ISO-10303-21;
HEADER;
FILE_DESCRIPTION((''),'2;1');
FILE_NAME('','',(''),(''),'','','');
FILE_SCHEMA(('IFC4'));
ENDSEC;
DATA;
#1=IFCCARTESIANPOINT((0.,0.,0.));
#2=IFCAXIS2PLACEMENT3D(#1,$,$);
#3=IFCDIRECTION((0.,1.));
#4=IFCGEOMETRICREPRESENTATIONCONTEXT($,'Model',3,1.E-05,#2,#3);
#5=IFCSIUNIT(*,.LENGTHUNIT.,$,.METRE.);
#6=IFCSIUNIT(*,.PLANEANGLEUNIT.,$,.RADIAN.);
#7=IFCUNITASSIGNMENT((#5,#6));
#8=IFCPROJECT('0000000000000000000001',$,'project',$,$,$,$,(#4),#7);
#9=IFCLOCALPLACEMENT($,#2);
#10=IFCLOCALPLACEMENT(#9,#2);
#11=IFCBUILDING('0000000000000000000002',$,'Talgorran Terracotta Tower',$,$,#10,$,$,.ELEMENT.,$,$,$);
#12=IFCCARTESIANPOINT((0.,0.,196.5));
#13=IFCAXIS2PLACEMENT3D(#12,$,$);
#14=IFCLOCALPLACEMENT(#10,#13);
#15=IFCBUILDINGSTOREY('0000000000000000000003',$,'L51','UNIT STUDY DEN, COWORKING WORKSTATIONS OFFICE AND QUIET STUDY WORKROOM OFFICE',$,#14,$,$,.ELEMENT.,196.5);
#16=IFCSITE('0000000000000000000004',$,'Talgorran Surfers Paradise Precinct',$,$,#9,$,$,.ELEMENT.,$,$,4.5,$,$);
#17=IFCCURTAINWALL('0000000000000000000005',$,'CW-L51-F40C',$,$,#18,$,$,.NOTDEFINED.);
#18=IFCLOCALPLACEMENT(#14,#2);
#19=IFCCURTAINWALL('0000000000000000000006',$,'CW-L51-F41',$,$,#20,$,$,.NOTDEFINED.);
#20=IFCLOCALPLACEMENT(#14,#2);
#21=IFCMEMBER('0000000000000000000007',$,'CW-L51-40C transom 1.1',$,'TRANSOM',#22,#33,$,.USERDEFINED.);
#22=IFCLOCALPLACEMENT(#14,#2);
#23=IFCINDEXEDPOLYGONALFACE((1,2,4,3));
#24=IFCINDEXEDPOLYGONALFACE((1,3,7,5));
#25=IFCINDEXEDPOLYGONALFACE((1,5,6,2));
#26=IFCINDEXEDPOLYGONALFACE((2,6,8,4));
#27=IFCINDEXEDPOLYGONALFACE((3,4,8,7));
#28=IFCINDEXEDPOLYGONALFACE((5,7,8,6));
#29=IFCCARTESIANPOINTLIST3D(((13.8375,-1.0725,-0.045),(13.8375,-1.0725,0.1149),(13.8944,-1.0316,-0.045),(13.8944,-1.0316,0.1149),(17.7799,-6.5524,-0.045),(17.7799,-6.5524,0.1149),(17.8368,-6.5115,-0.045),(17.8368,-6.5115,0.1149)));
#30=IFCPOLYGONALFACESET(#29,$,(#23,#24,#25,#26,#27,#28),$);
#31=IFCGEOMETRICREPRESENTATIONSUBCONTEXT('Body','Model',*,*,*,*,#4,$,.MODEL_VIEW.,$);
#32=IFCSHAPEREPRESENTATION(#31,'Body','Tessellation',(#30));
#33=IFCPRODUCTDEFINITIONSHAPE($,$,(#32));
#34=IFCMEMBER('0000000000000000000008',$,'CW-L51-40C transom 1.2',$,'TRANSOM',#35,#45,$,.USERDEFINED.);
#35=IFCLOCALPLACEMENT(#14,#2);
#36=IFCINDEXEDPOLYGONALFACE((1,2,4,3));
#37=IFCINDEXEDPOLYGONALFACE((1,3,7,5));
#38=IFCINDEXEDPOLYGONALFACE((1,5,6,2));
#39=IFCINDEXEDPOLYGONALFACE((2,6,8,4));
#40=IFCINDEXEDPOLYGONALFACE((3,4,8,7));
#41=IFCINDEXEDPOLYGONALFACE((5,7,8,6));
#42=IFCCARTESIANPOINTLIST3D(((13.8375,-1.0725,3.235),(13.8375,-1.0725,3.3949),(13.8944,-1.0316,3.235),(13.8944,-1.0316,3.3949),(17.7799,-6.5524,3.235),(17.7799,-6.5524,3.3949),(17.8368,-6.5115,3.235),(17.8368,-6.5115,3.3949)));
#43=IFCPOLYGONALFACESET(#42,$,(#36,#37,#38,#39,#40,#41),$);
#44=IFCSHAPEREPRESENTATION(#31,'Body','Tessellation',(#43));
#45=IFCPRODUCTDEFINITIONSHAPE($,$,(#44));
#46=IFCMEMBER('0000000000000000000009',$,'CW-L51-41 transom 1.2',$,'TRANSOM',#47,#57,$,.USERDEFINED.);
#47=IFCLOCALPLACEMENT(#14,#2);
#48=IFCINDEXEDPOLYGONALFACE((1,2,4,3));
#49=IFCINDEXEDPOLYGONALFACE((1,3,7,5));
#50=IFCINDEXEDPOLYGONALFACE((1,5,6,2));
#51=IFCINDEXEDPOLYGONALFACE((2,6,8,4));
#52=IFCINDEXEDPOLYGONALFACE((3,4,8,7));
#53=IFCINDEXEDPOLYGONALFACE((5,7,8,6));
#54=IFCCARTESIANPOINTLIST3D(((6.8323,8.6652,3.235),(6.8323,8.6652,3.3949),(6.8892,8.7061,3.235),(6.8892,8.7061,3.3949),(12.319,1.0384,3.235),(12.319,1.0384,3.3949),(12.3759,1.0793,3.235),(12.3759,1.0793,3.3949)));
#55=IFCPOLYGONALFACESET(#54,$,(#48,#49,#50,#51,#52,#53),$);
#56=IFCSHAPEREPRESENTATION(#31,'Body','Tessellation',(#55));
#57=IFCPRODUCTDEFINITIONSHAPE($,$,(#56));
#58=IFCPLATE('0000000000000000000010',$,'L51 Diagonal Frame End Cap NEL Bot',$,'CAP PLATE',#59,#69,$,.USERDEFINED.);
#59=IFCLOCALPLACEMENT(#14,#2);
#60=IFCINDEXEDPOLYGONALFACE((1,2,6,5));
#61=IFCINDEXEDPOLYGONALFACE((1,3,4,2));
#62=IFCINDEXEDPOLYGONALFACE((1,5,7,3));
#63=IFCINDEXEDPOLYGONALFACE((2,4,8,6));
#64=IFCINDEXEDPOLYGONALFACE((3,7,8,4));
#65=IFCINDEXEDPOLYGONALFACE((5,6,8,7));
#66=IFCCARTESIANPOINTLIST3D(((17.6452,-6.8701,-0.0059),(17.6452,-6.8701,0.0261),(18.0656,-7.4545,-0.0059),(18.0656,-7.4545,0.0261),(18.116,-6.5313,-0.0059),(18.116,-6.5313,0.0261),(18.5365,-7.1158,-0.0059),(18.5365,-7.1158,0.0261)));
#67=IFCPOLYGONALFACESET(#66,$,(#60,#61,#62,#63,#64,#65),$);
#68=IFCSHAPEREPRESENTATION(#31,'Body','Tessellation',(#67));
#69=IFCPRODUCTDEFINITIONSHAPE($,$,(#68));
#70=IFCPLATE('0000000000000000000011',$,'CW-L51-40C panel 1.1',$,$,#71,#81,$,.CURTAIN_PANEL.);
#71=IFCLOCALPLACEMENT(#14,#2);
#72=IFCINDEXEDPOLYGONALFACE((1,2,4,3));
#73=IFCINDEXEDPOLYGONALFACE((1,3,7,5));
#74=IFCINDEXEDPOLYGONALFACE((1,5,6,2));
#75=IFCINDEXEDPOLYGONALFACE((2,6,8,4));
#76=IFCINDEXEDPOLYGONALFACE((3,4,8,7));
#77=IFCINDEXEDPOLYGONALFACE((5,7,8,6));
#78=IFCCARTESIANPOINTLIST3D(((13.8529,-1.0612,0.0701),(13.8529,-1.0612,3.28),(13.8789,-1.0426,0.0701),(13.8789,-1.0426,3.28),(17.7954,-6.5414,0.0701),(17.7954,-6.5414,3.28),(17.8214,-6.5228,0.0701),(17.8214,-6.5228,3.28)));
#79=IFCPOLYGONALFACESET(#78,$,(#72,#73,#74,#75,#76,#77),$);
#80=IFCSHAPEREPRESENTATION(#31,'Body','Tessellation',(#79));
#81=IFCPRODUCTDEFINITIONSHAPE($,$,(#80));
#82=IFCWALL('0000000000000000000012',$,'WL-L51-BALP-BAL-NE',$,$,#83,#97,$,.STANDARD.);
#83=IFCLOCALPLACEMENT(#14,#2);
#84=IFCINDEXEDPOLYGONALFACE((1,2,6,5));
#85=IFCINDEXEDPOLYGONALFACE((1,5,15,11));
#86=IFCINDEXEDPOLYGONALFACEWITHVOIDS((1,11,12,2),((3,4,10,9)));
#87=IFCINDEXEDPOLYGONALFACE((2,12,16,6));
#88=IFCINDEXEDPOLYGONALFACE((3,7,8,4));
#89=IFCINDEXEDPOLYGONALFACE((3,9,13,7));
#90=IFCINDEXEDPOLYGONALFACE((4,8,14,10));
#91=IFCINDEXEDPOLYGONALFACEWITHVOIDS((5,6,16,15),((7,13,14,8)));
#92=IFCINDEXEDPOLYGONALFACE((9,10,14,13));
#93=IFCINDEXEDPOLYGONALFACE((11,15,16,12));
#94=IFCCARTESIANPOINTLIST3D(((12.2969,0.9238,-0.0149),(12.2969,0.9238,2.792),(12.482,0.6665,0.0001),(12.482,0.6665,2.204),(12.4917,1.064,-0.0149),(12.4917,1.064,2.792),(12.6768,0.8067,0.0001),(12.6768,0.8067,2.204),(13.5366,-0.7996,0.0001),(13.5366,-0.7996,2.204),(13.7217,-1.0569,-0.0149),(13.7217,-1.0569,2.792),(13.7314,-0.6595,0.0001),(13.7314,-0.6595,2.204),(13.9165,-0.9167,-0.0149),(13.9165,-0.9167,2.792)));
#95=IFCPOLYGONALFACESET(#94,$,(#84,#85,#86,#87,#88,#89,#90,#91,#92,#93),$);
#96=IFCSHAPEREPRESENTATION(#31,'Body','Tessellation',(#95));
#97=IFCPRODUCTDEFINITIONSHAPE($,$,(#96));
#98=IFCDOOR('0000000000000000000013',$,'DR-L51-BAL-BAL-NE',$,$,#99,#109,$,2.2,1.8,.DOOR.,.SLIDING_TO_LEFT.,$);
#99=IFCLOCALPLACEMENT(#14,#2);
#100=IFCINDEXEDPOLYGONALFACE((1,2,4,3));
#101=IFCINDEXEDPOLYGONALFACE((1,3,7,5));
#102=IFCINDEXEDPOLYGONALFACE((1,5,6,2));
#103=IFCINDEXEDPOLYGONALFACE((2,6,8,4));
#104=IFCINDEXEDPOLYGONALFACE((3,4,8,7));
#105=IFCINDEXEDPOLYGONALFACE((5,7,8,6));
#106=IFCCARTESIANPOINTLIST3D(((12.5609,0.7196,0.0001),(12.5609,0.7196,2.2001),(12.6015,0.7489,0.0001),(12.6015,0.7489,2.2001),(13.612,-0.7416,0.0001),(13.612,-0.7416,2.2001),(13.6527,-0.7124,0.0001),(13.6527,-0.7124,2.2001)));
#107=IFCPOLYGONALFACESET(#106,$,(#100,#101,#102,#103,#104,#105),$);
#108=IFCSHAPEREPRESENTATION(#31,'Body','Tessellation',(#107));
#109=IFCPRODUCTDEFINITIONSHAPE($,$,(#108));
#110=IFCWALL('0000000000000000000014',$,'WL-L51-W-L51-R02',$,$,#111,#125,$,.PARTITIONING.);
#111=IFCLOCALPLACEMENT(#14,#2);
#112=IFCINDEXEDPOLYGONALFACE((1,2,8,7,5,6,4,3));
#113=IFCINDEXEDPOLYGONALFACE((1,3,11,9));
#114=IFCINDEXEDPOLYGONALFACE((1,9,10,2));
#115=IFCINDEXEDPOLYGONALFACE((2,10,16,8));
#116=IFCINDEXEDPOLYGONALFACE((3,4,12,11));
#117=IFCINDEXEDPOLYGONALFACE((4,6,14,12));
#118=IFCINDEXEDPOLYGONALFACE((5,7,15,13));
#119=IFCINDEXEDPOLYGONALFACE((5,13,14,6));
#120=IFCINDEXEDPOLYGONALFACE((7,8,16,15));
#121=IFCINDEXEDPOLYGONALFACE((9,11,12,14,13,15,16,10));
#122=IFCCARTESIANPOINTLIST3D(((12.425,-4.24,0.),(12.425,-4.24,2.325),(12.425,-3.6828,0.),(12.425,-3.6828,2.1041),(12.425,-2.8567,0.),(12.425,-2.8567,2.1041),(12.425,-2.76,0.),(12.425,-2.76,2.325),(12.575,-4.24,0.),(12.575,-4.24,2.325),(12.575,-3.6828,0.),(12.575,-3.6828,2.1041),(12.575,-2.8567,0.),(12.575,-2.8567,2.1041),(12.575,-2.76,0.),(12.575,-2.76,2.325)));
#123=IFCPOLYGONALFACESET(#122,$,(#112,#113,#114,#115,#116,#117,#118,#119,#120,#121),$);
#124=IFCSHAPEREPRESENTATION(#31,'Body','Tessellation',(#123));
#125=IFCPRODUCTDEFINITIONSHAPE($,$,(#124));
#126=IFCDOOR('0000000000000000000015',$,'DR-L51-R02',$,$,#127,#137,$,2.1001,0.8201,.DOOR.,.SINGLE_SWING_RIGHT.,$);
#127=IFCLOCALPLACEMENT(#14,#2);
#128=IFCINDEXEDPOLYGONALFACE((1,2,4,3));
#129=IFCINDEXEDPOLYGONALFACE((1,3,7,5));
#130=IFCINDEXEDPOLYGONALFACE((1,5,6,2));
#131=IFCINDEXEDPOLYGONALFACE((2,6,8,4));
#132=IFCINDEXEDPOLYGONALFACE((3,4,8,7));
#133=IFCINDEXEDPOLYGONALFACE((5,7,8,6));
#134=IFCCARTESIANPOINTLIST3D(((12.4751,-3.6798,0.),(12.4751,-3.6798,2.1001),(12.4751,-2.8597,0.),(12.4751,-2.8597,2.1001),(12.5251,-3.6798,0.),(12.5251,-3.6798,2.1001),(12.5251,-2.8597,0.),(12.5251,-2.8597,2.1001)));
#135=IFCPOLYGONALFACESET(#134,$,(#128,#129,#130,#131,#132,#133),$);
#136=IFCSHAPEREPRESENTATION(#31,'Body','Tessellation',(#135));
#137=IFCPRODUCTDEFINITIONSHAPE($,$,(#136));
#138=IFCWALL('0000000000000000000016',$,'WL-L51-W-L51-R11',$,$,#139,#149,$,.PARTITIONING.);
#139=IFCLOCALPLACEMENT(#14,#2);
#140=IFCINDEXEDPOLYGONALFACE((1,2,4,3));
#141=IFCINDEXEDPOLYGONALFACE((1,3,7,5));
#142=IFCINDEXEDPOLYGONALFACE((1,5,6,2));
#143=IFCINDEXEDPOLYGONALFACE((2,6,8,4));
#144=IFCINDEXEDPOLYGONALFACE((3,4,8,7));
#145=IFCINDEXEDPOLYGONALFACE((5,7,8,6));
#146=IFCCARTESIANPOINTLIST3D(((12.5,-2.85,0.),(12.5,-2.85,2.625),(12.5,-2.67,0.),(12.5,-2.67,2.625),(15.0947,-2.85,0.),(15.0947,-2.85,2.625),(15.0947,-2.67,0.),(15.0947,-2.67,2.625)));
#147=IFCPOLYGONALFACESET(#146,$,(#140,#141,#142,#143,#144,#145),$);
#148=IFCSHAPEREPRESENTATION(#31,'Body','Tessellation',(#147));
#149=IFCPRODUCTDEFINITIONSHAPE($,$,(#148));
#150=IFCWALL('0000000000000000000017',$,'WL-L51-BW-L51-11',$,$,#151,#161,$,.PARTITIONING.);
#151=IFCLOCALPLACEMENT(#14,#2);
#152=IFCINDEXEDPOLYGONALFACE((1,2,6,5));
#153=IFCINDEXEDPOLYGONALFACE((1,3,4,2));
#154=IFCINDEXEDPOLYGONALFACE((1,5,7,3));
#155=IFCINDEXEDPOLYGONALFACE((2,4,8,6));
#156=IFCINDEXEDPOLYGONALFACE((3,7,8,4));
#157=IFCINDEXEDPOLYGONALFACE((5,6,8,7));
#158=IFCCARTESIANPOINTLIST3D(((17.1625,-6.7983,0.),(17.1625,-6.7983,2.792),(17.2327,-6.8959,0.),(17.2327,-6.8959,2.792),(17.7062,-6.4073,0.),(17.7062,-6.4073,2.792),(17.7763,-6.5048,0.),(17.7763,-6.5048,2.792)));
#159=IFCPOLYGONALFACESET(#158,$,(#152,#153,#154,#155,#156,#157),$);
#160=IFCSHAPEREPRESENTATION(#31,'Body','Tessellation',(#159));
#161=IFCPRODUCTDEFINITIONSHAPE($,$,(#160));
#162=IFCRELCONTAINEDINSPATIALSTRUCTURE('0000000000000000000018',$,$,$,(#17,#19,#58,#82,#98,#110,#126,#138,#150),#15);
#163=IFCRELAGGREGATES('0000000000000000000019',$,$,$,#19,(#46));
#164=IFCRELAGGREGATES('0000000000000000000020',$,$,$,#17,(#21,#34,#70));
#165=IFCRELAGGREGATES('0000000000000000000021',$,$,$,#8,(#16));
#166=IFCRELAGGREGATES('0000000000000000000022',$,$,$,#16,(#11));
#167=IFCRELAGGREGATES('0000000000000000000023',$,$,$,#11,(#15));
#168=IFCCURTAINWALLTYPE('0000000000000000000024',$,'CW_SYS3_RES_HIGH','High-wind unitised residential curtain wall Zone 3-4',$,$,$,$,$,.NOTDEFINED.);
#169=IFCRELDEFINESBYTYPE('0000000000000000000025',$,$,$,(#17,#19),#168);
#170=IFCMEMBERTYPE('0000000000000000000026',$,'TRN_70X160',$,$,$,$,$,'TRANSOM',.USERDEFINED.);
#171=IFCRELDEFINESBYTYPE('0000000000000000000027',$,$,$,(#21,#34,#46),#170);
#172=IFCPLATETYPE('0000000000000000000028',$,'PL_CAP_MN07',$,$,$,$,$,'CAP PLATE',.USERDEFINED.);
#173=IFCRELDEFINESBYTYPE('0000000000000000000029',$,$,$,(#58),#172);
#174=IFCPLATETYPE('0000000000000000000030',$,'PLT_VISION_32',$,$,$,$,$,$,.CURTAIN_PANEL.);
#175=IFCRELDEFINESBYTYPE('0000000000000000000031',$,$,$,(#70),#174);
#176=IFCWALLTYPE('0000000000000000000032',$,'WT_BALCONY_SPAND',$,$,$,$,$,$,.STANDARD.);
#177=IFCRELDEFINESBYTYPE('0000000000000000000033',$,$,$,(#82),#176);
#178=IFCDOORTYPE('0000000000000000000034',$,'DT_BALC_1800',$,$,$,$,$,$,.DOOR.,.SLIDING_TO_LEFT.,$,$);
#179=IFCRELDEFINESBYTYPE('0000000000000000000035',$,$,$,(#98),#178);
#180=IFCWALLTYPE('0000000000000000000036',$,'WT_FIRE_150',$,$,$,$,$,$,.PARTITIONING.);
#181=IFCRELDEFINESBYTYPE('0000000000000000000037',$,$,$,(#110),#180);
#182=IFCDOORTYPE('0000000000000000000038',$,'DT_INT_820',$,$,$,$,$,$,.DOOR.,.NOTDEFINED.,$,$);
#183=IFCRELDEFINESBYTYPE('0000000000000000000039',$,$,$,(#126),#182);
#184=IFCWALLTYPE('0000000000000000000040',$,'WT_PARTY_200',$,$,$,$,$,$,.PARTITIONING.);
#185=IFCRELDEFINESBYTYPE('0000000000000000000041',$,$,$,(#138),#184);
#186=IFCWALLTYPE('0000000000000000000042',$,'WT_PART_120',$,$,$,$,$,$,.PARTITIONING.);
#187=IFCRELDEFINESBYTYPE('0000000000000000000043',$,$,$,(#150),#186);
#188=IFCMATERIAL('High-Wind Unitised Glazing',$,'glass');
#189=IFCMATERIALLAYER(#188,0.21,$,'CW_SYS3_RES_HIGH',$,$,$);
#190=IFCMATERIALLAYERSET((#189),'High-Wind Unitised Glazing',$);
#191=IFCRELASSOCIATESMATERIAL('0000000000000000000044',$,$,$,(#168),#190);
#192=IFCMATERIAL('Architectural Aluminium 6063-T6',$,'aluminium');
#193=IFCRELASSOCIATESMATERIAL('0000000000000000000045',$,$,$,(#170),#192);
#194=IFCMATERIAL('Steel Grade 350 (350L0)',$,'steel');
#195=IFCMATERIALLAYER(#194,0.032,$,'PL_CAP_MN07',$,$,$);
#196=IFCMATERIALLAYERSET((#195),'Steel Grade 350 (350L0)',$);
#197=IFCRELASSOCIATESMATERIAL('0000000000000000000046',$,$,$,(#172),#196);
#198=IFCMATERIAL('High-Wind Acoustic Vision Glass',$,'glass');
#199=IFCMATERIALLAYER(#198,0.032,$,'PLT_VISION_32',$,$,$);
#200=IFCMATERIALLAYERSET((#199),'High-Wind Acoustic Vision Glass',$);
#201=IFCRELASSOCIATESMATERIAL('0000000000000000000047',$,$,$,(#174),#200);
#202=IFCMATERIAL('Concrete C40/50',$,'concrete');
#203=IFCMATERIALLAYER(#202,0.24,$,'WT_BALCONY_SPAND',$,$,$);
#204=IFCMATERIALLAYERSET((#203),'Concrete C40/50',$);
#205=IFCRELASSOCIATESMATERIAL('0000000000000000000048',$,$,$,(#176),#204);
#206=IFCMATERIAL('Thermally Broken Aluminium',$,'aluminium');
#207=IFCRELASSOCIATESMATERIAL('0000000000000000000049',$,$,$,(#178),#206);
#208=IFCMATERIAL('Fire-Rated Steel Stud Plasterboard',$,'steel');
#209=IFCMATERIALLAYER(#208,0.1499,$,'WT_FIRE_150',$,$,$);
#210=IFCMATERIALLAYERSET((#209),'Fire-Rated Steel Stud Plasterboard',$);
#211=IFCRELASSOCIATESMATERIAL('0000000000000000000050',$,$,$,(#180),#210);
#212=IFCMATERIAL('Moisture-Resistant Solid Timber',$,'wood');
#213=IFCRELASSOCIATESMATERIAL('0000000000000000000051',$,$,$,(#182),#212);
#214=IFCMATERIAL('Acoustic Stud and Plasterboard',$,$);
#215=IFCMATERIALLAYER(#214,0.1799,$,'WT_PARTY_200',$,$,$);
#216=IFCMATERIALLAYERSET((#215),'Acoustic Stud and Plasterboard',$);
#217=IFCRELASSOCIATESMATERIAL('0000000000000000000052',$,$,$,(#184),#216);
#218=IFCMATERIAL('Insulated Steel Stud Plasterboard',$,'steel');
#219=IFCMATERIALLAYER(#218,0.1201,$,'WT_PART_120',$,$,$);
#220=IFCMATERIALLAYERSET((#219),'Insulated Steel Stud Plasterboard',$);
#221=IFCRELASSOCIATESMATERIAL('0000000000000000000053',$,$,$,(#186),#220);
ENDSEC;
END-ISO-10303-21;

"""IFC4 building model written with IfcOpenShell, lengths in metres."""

from ifc_helpers import new_model, si_unit, direction, frame, frame_2d, origin, origin_2d, place, context, subcontext, project, spatial, rectangle, extrude, source, transform, mapped, material, layer, layer_set, material_profile, profile_set, type_object, type_shapes, element, fill, aggregate, save


model = new_model("IFC4")

# Units and contexts
model_context = context("Model", 3, precision=1e-05, world=origin(), true_north=direction((0.0, 1.0)))
body_context = subcontext(model_context, "Body", "Model", "MODEL_VIEW")
ifc_project = project(units=[si_unit("LENGTHUNIT", "METRE"), si_unit("PLANEANGLEUNIT", "RADIAN")], contexts=[model_context])

# Site, building, storey
site_placement = place(None, origin())
site = spatial("IfcSite", under=ifc_project, at=site_placement, Name="Talgorran Surfers Paradise Precinct", CompositionType="ELEMENT", RefElevation=4.5)
building_placement = place(site_placement, origin())
building = spatial("IfcBuilding", under=site, at=building_placement, Name="Talgorran Terracotta Tower", CompositionType="ELEMENT")
storey_placement = place(building_placement, frame((0.0, 0.0, 196.5)))
storey = spatial("IfcBuildingStorey", under=building, at=storey_placement, Name="L51", Description="UNIT STUDY DEN, COWORKING WORKSTATIONS OFFICE AND QUIET STUDY WORKROOM OFFICE", CompositionType="ELEMENT", Elevation=196.5)

# Shared definitions
ifc_material_1 = material(Name="Steel Grade 350 (350L0)", Category="steel")

# Shared definitions
ifc_material_2 = material(Name="High-Wind Unitised Glazing", Category="glass")
ifc_layer_1 = layer(ifc_material_2, 0.21, Name="CW_SYS3_RES_HIGH")
ifc_layer_set_1 = layer_set([ifc_layer_1], Name="High-Wind Unitised Glazing")
curtain_wall_type = type_object("IfcCurtainWallType", Name="CW_SYS3_RES_HIGH", Description="High-wind unitised residential curtain wall Zone 3-4", PredefinedType="NOTDEFINED", material=ifc_layer_set_1)
ifc_material_3 = material(Name="Architectural Aluminium 6063-T6", Category="aluminium")

# Curtain wall
curtain_wall_1_placement = place(storey_placement, origin())
curtain_wall_1 = element("IfcCurtainWall", 1, at=curtain_wall_1_placement, inside=storey, type_object=curtain_wall_type, Name="CW-L51-F40C", PredefinedType="NOTDEFINED")

# Curtain wall
curtain_wall_2_placement = place(storey_placement, origin())
curtain_wall_2 = element("IfcCurtainWall", 2, at=curtain_wall_2_placement, inside=storey, type_object=curtain_wall_type, Name="CW-L51-F41", PredefinedType="NOTDEFINED")

# Members
ifc_material_profile_1 = material_profile(ifc_material_3, rectangle(XDim=0.0701, YDim=0.1599, at=origin_2d()), Name="CWT70X160")
ifc_profile_set_1 = profile_set([ifc_material_profile_1], Name="Architectural Aluminium 6063-T6")
member_type_1 = type_object("IfcMemberType", Name="TRN_70X160", ElementType="TRANSOM", PredefinedType="USERDEFINED", material=ifc_profile_set_1)
member_1_placement = place(storey_placement, frame((17.8083, -6.532, 0.0349), z_axis=(-0.583992, 0.811759, 0.0), x_axis=(-0.811759, -0.583992, 0.0)))
member_1 = element("IfcMember", 3, at=member_1_placement, type_object=member_type_1, Name="CW-L51-40C transom 1.1", ObjectType="TRANSOM", PredefinedType="USERDEFINED", context=body_context, shape_type="SweptSolid", body=[
    extrude(rectangle(XDim=0.0701, YDim=0.1599, at=origin_2d()), origin(), (0.0, 0.0, 1.0), 6.7507),
])
member_2_placement = place(storey_placement, frame((17.8083, -6.532, 3.3149), z_axis=(-0.583992, 0.811759, 0.0), x_axis=(-0.811759, -0.583992, 0.0)))
member_2 = element("IfcMember", 4, at=member_2_placement, type_object=member_type_1, Name="CW-L51-40C transom 1.2", ObjectType="TRANSOM", PredefinedType="USERDEFINED", context=body_context, shape_type="SweptSolid", body=[
    extrude(rectangle(XDim=0.0701, YDim=0.1599, at=origin_2d()), origin(), (0.0, 0.0, 1.0), 6.7507),
])
member_3_placement = place(storey_placement, frame((12.3474, 1.0588, 3.3149), z_axis=(-0.583978, 0.811769, 0.0), x_axis=(-0.811769, -0.583978, 0.0)))
member_3 = element("IfcMember", 5, at=member_3_placement, type_object=member_type_1, Name="CW-L51-41 transom 1.2", ObjectType="TRANSOM", PredefinedType="USERDEFINED", context=body_context, shape_type="SweptSolid", body=[
    extrude(rectangle(XDim=0.0701, YDim=0.1599, at=origin_2d()), origin(), (0.0, 0.0, 1.0), 9.3953),
])
aggregate(curtain_wall_2, [member_3])

# Plates
ifc_layer_2 = layer(ifc_material_1, 0.032, Name="PL_CAP_MN07")
ifc_layer_set_2 = layer_set([ifc_layer_2], Name="Steel Grade 350 (350L0)")
plate_type_1 = type_object("IfcPlateType", Name="PL_CAP_MN07", ElementType="CAP PLATE", PredefinedType="USERDEFINED", material=ifc_layer_set_2)
plate_1_placement = place(storey_placement, frame((18.0908, -6.9929, -0.0059), z_axis=(0.0, 0.0, 1.0), x_axis=(0.583966, -0.811778, 0.0)))
element("IfcPlate", 6, at=plate_1_placement, inside=storey, type_object=plate_type_1, Name="L51 Diagonal Frame End Cap NEL Bot", ObjectType="CAP PLATE", PredefinedType="USERDEFINED", context=body_context, shape_type="SweptSolid", body=[
    extrude(rectangle(XDim=0.72, YDim=0.5801, at=origin_2d()), origin(), (0.0, 0.0, 1.0), 0.032),
])
ifc_material_4 = material(Name="High-Wind Acoustic Vision Glass", Category="glass")
ifc_layer_3 = layer(ifc_material_4, 0.032, Name="PLT_VISION_32")
ifc_layer_set_3 = layer_set([ifc_layer_3], Name="High-Wind Acoustic Vision Glass")
plate_type_2 = type_object("IfcPlateType", Name="PLT_VISION_32", PredefinedType="CURTAIN_PANEL", material=ifc_layer_set_3)
shared_shape = source(origin(), body_context, "Body", "SweptSolid", [
    extrude(rectangle(XDim=6.751, YDim=0.032, at=origin_2d()), origin(), (0.0, 0.0, 1.0), 3.21),
])
type_shapes(plate_type_2, [shared_shape])
plate_2_placement = place(storey_placement, frame((15.8372, -3.792, 0.0701), z_axis=(0.0, 0.0, 1.0), x_axis=(-0.583986, 0.811764, 0.0)))
plate_2 = element("IfcPlate", 7, at=plate_2_placement, type_object=plate_type_2, Name="CW-L51-40C panel 1.1", PredefinedType="CURTAIN_PANEL", context=body_context, shape_type="MappedRepresentation", body=[
    mapped(shared_shape, transform((0.0, 0.0, 0.0), scale=1.0)),
])
aggregate(curtain_wall_1, [member_1, member_2, plate_2])

# Walls, openings, doors
ifc_material_5 = material(Name="Concrete C40/50", Category="concrete")
ifc_layer_4 = layer(ifc_material_5, 0.24, Name="WT_BALCONY_SPAND")
ifc_layer_set_4 = layer_set([ifc_layer_4], Name="Concrete C40/50")
wall_type_1 = type_object("IfcWallType", Name="WT_BALCONY_SPAND", PredefinedType="STANDARD", material=ifc_layer_set_4)
wall_1_placement = place(storey_placement, frame((13.8191, -0.9868, -0.0149), z_axis=(0.0, 0.0, 1.0), x_axis=(-0.583951, 0.811789, 0.0)))
wall_1 = element("IfcWall", 8, at=wall_1_placement, inside=storey, type_object=wall_type_1, Name="WL-L51-BALP-BAL-NE", PredefinedType="STANDARD", context=body_context, shape_type="SweptSolid", body=[
    extrude(rectangle(XDim=2.4399, YDim=0.24, at=frame_2d((1.22, 0.0))), origin(), (0.0, 0.0, 1.0), 2.8069),
])
opening_1_placement = place(wall_1_placement, frame((0.3201, 0.0, 0.0149)))
opening_1 = element("IfcOpeningElement", 9, at=opening_1_placement, cuts=wall_1, PredefinedType="OPENING", context=body_context, shape_type="SweptSolid", body=[
    extrude(rectangle(XDim=1.806, YDim=2.204, at=frame_2d((0.8999, 1.1021))), frame((0.0, 0.1299, 0.0), z_axis=(0.0, -1.0, 0.0), x_axis=(1.0, 0.0, 0.0)), (0.0, 0.0, 1.0), 0.26),
])
ifc_material_6 = material(Name="Thermally Broken Aluminium", Category="aluminium")
door_type_1 = type_object("IfcDoorType", Name="DT_BALC_1800", OperationType="SLIDING_TO_LEFT", PredefinedType="DOOR", material=ifc_material_6)
door_1_placement = place(opening_1_placement, origin())
door_1 = element("IfcDoor", 10, at=door_1_placement, inside=storey, type_object=door_type_1, Name="DR-L51-BAL-BAL-NE", OperationType="SLIDING_TO_LEFT", OverallHeight=2.2, OverallWidth=1.8, PredefinedType="DOOR", context=body_context, shape_type="SweptSolid", body=[
    extrude(rectangle(XDim=1.8, YDim=2.2, at=frame_2d((0.8999, 1.1001))), frame((0.0, 0.0249, 0.0), z_axis=(0.0, -1.0, 0.0), x_axis=(1.0, 0.0, 0.0)), (0.0, 0.0, 1.0), 0.05),
])
fill(opening_1, door_1)
ifc_material_7 = material(Name="Fire-Rated Steel Stud Plasterboard", Category="steel")
ifc_layer_5 = layer(ifc_material_7, 0.1499, Name="WT_FIRE_150")
ifc_layer_set_5 = layer_set([ifc_layer_5], Name="Fire-Rated Steel Stud Plasterboard")
wall_type_2 = type_object("IfcWallType", Name="WT_FIRE_150", PredefinedType="PARTITIONING", material=ifc_layer_set_5)
wall_2_placement = place(storey_placement, frame((12.5, -4.24, 0.0), z_axis=(0.0, 0.0, 1.0), x_axis=(0.0, 1.0, 0.0)))
wall_2 = element("IfcWall", 11, at=wall_2_placement, inside=storey, type_object=wall_type_2, Name="WL-L51-W-L51-R02", PredefinedType="PARTITIONING", context=body_context, shape_type="SweptSolid", body=[
    extrude(rectangle(XDim=1.48, YDim=0.1499, at=frame_2d((0.74, 0.0))), origin(), (0.0, 0.0, 1.0), 2.325),
])
opening_2_placement = place(wall_2_placement, frame((0.5601, 0.0, 0.0)))
opening_2 = element("IfcOpeningElement", 12, at=opening_2_placement, cuts=wall_2, PredefinedType="OPENING", context=body_context, shape_type="SweptSolid", body=[
    extrude(rectangle(XDim=0.8261, YDim=2.1041, at=frame_2d((0.4102, 1.052))), frame((0.0, 0.085, 0.0), z_axis=(0.0, -1.0, 0.0), x_axis=(1.0, 0.0, 0.0)), (0.0, 0.0, 1.0), 0.1699),
])
ifc_material_8 = material(Name="Moisture-Resistant Solid Timber", Category="wood")
door_type_2 = type_object("IfcDoorType", Name="DT_INT_820", OperationType="NOTDEFINED", PredefinedType="DOOR", material=ifc_material_8)
door_2_placement = place(opening_2_placement, origin())
door_2 = element("IfcDoor", 13, at=door_2_placement, inside=storey, type_object=door_type_2, Name="DR-L51-R02", OperationType="SINGLE_SWING_RIGHT", OverallHeight=2.1001, OverallWidth=0.8201, PredefinedType="DOOR", context=body_context, shape_type="SweptSolid", body=[
    extrude(rectangle(XDim=0.8201, YDim=2.1001, at=frame_2d((0.4102, 1.05))), frame((0.0, 0.0249, 0.0), z_axis=(0.0, -1.0, 0.0), x_axis=(1.0, 0.0, 0.0)), (0.0, 0.0, 1.0), 0.05),
])
fill(opening_2, door_2)

# Walls
ifc_material_9 = material(Name="Acoustic Stud and Plasterboard")
ifc_layer_6 = layer(ifc_material_9, 0.1799, Name="WT_PARTY_200")
ifc_layer_set_6 = layer_set([ifc_layer_6], Name="Acoustic Stud and Plasterboard")
wall_type_3 = type_object("IfcWallType", Name="WT_PARTY_200", PredefinedType="PARTITIONING", material=ifc_layer_set_6)
wall_3_placement = place(storey_placement, frame((12.5, -2.76, 0.0), z_axis=(0.0, 0.0, 1.0), x_axis=(1.0, 0.0, 0.0)))
element("IfcWall", 14, at=wall_3_placement, inside=storey, type_object=wall_type_3, Name="WL-L51-W-L51-R11", PredefinedType="PARTITIONING", context=body_context, shape_type="SweptSolid", body=[
    extrude(rectangle(XDim=2.5947, YDim=0.1799, at=frame_2d((1.2974, 0.0))), origin(), (0.0, 0.0, 1.0), 2.625),
])
ifc_material_10 = material(Name="Insulated Steel Stud Plasterboard", Category="steel")
ifc_layer_7 = layer(ifc_material_10, 0.1201, Name="WT_PART_120")
ifc_layer_set_7 = layer_set([ifc_layer_7], Name="Insulated Steel Stud Plasterboard")
wall_type_4 = type_object("IfcWallType", Name="WT_PART_120", PredefinedType="PARTITIONING", material=ifc_layer_set_7)
wall_4_placement = place(storey_placement, frame((17.1975, -6.8472, 0.0), z_axis=(0.0, 0.0, 1.0), x_axis=(0.811783, 0.583959, 0.0)))
element("IfcWall", 15, at=wall_4_placement, inside=storey, type_object=wall_type_4, Name="WL-L51-BW-L51-11", PredefinedType="PARTITIONING", context=body_context, shape_type="SweptSolid", body=[
    extrude(rectangle(XDim=0.6697, YDim=0.1201, at=frame_2d((0.335, 0.0))), origin(), (0.0, 0.0, 1.0), 2.792),
])

save(model, "model.ifc")
